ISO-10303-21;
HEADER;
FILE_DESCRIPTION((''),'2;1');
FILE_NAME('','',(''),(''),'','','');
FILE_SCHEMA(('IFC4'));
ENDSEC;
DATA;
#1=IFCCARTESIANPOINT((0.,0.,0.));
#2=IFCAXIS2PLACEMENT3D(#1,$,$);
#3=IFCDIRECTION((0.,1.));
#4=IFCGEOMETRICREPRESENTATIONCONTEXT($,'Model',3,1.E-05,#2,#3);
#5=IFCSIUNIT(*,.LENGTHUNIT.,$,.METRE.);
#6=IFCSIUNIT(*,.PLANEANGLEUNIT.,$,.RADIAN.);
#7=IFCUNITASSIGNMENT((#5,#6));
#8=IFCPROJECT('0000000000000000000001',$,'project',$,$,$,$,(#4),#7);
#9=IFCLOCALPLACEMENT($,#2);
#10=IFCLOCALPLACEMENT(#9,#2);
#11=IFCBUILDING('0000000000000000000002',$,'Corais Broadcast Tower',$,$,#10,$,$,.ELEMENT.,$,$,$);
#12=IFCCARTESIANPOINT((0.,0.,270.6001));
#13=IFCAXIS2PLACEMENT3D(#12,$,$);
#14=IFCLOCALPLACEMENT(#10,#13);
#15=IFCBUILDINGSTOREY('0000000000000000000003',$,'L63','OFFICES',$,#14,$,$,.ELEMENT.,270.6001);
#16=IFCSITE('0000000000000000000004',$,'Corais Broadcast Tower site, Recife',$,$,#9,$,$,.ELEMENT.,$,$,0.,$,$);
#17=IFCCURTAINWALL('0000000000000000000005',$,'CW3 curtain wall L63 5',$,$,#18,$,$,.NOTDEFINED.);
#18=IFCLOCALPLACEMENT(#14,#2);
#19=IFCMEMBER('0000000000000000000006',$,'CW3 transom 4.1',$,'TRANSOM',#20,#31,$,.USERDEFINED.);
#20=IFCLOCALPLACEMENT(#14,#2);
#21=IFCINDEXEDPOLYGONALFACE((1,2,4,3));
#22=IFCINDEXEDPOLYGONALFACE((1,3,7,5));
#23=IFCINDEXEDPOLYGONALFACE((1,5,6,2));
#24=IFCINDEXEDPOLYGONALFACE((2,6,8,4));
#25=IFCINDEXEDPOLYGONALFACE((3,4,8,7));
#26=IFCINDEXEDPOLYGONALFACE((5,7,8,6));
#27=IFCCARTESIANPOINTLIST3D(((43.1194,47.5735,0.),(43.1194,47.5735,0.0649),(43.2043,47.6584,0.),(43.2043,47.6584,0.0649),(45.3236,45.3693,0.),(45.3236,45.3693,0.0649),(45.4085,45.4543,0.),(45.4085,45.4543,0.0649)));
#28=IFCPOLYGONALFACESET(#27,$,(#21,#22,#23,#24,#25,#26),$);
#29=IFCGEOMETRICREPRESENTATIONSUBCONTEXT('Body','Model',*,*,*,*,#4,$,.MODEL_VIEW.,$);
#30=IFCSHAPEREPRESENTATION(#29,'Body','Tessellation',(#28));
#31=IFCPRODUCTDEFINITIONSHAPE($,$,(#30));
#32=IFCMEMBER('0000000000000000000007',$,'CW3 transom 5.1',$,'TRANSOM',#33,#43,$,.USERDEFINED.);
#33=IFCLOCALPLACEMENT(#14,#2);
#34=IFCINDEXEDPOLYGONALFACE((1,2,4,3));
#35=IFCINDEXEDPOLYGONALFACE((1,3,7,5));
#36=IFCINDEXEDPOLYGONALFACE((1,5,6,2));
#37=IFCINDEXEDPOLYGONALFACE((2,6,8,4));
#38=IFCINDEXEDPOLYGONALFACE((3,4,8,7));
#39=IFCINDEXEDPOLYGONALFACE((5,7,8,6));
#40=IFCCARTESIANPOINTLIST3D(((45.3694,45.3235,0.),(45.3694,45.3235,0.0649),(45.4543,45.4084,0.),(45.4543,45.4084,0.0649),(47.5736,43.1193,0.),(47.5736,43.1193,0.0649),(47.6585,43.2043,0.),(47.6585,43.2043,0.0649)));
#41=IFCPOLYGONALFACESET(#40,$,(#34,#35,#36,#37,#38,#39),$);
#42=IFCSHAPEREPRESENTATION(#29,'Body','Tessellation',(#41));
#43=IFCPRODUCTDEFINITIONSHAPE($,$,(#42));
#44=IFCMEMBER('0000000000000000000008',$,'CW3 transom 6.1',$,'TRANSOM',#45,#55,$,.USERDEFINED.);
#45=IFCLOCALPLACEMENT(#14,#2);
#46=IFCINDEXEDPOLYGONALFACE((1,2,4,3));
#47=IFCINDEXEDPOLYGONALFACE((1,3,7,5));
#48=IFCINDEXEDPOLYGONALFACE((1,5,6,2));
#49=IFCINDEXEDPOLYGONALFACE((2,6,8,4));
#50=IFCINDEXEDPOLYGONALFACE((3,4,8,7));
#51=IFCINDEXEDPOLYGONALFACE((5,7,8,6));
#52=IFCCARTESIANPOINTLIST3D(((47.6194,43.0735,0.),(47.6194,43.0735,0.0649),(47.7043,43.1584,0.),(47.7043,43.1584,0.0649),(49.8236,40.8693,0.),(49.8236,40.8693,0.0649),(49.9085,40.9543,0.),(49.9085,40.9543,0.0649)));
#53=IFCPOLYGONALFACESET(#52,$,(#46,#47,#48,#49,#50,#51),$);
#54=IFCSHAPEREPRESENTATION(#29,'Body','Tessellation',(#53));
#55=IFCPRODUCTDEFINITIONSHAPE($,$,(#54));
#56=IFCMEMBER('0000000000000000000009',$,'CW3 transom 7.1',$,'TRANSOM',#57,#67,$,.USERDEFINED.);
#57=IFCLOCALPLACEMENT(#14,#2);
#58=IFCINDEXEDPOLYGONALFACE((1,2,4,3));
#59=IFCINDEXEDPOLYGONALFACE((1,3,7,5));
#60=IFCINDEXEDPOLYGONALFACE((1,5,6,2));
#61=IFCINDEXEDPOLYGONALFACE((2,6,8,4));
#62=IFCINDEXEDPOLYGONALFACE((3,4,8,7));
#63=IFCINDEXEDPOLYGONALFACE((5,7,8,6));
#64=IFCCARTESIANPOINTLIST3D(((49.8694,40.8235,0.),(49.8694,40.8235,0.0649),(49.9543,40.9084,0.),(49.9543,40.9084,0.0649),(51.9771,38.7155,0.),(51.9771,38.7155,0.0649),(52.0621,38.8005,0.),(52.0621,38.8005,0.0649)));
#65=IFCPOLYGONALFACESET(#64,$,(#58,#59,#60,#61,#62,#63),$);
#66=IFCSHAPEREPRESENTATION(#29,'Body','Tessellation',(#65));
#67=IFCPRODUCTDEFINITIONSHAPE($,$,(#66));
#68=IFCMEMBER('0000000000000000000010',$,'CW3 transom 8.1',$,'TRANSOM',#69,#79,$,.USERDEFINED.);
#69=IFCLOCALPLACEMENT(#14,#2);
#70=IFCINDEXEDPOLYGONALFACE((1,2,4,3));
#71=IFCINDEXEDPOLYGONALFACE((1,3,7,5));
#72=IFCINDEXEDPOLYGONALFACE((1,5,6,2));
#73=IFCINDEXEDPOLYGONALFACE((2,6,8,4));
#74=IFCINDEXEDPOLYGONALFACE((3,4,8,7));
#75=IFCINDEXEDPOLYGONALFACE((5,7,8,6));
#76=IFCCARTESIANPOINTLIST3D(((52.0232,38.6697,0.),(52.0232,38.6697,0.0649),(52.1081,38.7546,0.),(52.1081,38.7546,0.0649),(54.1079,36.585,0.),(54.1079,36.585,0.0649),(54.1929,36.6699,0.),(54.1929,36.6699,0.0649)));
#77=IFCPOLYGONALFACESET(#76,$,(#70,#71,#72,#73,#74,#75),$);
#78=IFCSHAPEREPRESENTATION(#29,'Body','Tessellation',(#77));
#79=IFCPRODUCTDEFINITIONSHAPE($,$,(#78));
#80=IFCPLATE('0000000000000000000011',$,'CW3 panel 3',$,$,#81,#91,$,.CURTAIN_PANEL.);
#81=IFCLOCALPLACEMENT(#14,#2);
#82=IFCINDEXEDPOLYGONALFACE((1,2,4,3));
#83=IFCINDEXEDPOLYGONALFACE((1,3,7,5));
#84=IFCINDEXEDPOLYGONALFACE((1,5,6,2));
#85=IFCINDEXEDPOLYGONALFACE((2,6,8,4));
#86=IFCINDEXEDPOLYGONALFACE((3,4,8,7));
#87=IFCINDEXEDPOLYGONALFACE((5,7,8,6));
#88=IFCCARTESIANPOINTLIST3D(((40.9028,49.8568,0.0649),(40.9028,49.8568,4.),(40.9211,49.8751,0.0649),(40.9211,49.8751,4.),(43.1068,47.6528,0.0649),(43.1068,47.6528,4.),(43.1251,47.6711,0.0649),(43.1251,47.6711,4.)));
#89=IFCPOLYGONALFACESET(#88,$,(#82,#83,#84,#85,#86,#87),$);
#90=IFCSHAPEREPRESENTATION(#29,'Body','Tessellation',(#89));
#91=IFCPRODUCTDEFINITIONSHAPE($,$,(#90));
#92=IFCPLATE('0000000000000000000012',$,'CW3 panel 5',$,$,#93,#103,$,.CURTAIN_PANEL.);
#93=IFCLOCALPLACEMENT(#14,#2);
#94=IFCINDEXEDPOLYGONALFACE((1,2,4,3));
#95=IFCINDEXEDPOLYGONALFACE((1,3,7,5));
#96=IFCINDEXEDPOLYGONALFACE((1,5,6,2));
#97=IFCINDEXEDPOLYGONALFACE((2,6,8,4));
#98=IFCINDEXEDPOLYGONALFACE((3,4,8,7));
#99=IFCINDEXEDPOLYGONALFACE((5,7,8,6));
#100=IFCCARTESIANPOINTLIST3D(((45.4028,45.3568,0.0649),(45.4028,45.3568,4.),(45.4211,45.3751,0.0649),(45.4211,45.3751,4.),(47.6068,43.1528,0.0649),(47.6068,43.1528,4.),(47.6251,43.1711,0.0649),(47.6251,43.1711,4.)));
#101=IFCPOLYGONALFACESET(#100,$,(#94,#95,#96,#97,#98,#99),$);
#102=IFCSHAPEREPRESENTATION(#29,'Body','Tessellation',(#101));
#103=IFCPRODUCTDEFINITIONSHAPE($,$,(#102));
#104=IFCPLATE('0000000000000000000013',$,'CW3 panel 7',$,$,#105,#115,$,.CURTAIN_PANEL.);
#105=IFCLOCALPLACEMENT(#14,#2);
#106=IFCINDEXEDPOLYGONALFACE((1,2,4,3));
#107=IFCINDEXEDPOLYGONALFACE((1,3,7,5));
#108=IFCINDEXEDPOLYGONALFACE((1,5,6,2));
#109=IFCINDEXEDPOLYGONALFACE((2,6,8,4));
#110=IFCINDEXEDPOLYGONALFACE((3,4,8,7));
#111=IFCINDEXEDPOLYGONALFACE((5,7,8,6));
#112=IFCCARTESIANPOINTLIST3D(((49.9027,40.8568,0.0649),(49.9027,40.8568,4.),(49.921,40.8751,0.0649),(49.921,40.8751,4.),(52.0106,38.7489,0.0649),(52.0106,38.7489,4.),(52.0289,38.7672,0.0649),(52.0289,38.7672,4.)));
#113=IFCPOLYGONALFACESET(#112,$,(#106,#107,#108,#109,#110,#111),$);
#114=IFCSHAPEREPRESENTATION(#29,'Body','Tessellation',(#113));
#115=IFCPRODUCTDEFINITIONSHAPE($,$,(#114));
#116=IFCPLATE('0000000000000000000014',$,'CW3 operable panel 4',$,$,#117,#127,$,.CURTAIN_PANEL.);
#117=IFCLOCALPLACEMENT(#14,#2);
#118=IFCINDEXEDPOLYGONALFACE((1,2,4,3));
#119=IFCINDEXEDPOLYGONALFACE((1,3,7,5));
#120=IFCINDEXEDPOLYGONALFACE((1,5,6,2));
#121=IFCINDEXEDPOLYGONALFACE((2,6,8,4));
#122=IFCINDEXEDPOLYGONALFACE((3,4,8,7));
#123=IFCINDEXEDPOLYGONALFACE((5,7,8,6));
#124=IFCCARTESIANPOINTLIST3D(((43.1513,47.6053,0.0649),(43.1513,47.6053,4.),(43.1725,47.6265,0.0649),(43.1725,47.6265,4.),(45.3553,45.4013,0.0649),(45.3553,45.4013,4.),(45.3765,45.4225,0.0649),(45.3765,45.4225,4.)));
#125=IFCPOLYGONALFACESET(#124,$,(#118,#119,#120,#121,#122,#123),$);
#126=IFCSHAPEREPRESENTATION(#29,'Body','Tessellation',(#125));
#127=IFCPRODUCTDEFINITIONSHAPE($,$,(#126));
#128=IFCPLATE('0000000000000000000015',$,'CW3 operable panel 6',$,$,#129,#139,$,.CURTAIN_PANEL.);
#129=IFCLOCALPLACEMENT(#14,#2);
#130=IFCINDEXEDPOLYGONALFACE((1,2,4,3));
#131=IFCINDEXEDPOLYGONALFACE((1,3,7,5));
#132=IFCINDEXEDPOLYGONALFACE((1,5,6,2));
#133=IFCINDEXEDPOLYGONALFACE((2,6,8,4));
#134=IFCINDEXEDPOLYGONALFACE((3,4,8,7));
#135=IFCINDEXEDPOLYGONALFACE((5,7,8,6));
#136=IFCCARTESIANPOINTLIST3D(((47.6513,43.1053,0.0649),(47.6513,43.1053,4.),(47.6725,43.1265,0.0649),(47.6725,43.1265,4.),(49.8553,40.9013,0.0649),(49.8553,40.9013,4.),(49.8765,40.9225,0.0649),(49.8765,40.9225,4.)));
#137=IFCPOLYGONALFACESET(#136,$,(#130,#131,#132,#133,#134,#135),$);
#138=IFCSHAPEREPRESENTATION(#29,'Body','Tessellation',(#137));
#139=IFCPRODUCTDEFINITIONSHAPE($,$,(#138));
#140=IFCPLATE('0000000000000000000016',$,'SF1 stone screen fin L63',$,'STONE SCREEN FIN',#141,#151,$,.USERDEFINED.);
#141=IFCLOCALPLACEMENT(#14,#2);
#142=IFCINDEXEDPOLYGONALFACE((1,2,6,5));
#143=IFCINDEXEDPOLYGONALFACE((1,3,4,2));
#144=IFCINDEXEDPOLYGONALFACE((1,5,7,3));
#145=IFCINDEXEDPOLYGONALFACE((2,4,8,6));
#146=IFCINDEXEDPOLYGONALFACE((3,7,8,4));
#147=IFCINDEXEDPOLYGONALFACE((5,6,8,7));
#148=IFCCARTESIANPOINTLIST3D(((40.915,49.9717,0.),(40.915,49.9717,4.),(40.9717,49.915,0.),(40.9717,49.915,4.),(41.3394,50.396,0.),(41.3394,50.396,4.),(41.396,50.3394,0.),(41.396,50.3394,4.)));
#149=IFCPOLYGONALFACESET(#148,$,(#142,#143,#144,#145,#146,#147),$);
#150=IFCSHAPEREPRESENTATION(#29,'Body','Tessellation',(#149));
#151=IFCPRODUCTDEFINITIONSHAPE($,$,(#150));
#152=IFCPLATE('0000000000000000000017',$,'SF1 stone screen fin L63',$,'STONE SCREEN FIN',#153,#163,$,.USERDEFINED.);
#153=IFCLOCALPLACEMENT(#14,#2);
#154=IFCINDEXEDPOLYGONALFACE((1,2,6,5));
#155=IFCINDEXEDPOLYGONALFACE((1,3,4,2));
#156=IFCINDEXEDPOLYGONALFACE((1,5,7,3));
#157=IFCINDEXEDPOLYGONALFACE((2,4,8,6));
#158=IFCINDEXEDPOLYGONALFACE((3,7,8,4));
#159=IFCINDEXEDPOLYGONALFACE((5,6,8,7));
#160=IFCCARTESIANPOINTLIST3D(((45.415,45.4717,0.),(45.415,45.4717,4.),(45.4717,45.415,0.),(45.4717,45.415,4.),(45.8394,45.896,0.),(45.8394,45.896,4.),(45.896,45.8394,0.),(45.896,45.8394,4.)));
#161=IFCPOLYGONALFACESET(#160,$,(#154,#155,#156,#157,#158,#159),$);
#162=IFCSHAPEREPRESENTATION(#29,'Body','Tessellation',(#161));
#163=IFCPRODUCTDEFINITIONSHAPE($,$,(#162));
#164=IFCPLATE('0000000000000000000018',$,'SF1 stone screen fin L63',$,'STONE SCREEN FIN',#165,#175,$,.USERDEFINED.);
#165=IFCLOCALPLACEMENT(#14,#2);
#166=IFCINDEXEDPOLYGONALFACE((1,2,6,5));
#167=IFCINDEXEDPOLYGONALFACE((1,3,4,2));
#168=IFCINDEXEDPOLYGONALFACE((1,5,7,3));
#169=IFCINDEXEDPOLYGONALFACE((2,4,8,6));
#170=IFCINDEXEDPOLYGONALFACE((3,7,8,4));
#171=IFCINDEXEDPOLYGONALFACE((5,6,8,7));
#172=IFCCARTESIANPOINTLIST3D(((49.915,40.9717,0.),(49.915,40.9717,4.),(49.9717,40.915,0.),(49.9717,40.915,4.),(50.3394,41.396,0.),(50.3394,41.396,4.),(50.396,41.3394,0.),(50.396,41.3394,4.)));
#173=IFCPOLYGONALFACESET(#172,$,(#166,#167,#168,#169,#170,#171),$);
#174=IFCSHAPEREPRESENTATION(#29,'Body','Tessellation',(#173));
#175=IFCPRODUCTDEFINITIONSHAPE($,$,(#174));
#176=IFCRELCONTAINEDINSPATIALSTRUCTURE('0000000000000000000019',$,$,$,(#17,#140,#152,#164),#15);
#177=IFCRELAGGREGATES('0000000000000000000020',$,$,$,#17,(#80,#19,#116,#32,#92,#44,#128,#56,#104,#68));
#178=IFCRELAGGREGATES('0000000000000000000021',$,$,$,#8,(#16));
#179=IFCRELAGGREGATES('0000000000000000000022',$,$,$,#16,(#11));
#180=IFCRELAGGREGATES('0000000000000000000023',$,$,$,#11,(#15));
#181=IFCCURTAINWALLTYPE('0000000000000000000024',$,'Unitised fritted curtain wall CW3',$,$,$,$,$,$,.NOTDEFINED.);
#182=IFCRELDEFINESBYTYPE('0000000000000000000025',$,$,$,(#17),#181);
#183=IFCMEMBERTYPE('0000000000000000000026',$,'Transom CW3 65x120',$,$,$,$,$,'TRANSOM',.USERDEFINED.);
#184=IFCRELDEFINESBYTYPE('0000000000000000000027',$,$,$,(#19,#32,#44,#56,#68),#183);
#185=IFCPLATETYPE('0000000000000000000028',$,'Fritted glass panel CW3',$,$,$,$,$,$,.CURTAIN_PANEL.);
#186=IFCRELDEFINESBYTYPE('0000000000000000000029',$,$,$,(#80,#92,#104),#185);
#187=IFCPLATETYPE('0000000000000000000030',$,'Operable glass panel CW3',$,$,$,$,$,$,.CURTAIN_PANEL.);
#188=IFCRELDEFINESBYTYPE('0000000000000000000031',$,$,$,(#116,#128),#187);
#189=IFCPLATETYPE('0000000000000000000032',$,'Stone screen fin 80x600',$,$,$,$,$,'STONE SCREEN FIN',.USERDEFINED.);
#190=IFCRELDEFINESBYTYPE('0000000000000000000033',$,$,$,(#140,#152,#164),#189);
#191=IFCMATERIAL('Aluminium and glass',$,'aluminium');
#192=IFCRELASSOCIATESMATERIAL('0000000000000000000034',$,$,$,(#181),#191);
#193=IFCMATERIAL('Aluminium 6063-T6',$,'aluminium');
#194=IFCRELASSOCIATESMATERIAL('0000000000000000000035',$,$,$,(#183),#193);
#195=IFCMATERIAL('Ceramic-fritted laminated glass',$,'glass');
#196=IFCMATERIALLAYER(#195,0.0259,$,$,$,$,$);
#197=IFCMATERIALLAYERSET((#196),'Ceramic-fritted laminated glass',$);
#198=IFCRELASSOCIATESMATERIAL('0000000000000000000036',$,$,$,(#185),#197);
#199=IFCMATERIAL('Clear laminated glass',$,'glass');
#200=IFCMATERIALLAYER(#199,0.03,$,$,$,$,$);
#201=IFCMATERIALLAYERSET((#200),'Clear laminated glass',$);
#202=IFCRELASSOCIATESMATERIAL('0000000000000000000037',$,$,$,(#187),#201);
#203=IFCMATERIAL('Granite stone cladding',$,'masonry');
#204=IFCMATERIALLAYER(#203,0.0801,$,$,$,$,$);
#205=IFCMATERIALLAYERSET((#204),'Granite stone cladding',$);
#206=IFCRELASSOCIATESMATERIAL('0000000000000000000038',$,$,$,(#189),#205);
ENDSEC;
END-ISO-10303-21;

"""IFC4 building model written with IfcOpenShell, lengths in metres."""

from ifc_helpers import new_model, si_unit, direction, frame, origin, origin_2d, place, context, subcontext, project, spatial, rectangle, extrude, material, layer, layer_set, material_profile, profile_set, type_object, element, aggregate, save


model = new_model("IFC4")

# Units and contexts
model_context = context("Model", 3, precision=1e-05, world=origin(), true_north=direction((0.0, 1.0)))
body_context = subcontext(model_context, "Body", "Model", "MODEL_VIEW")
ifc_project = project(units=[si_unit("LENGTHUNIT", "METRE"), si_unit("PLANEANGLEUNIT", "RADIAN")], contexts=[model_context])

# Site, building, storey
site_placement = place(None, origin())
site = spatial("IfcSite", under=ifc_project, at=site_placement, Name="Corais Broadcast Tower site, Recife", CompositionType="ELEMENT", RefElevation=0.0)
building_placement = place(site_placement, origin())
building = spatial("IfcBuilding", under=site, at=building_placement, Name="Corais Broadcast Tower", CompositionType="ELEMENT")
storey_placement = place(building_placement, frame((0.0, 0.0, 270.6001)))
storey = spatial("IfcBuildingStorey", under=building, at=storey_placement, Name="L63", Description="OFFICES", CompositionType="ELEMENT", Elevation=270.6001)

# Curtain wall
ifc_material_1 = material(Name="Aluminium and glass", Category="aluminium")
curtain_wall_type = type_object("IfcCurtainWallType", Name="Unitised fritted curtain wall CW3", PredefinedType="NOTDEFINED", material=ifc_material_1)
curtain_wall_placement = place(storey_placement, origin())
curtain_wall = element("IfcCurtainWall", 1, at=curtain_wall_placement, inside=storey, type_object=curtain_wall_type, Name="CW3 curtain wall L63 5", PredefinedType="NOTDEFINED")

# Members
ifc_material_2 = material(Name="Aluminium 6063-T6", Category="aluminium")
ifc_material_profile_1 = material_profile(ifc_material_2, rectangle(XDim=0.1201, YDim=0.0649, at=origin_2d()), Name="Transom CW3 65x120")
ifc_profile_set_1 = profile_set([ifc_material_profile_1], Name="Aluminium 6063-T6")
member_type_1 = type_object("IfcMemberType", Name="Transom CW3 65x120", ElementType="TRANSOM", PredefinedType="USERDEFINED", material=ifc_profile_set_1)
member_1_placement = place(storey_placement, frame((43.1619, 47.616, 0.0325), z_axis=(0.707107, -0.707107, 0.0), x_axis=(0.707107, 0.707107, 0.0)))
member_1 = element("IfcMember", 2, at=member_1_placement, type_object=member_type_1, Name="CW3 transom 4.1", ObjectType="TRANSOM", PredefinedType="USERDEFINED", context=body_context, shape_type="SweptSolid", body=[
    extrude(rectangle(XDim=0.1201, YDim=0.0649, at=origin_2d()), origin(), (0.0, 0.0, 1.0), 3.1172),
])
member_2_placement = place(storey_placement, frame((45.4119, 45.366, 0.0325), z_axis=(0.707107, -0.707107, 0.0), x_axis=(0.707107, 0.707107, 0.0)))
member_2 = element("IfcMember", 3, at=member_2_placement, type_object=member_type_1, Name="CW3 transom 5.1", ObjectType="TRANSOM", PredefinedType="USERDEFINED", context=body_context, shape_type="SweptSolid", body=[
    extrude(rectangle(XDim=0.1201, YDim=0.0649, at=origin_2d()), origin(), (0.0, 0.0, 1.0), 3.1172),
])
member_3_placement = place(storey_placement, frame((47.6619, 43.116, 0.0325), z_axis=(0.707107, -0.707107, 0.0), x_axis=(0.707107, 0.707107, 0.0)))
member_3 = element("IfcMember", 4, at=member_3_placement, type_object=member_type_1, Name="CW3 transom 6.1", ObjectType="TRANSOM", PredefinedType="USERDEFINED", context=body_context, shape_type="SweptSolid", body=[
    extrude(rectangle(XDim=0.1201, YDim=0.0649, at=origin_2d()), origin(), (0.0, 0.0, 1.0), 3.1172),
])
member_4_placement = place(storey_placement, frame((49.9119, 40.866, 0.0325), z_axis=(0.707066, -0.707148, 0.0), x_axis=(0.707148, 0.707066, 0.0)))
member_4 = element("IfcMember", 5, at=member_4_placement, type_object=member_type_1, Name="CW3 transom 7.1", ObjectType="TRANSOM", PredefinedType="USERDEFINED", context=body_context, shape_type="SweptSolid", body=[
    extrude(rectangle(XDim=0.1201, YDim=0.0649, at=origin_2d()), origin(), (0.0, 0.0, 1.0), 2.981),
])
member_5_placement = place(storey_placement, frame((52.0657, 38.7122, 0.0325), z_axis=(0.707107, -0.707107, 0.0), x_axis=(0.707107, 0.707107, 0.0)))
member_5 = element("IfcMember", 6, at=member_5_placement, type_object=member_type_1, Name="CW3 transom 8.1", ObjectType="TRANSOM", PredefinedType="USERDEFINED", context=body_context, shape_type="SweptSolid", body=[
    extrude(rectangle(XDim=0.1201, YDim=0.0649, at=origin_2d()), origin(), (0.0, 0.0, 1.0), 2.9482),
])

# Plates
ifc_material_3 = material(Name="Ceramic-fritted laminated glass", Category="glass")
ifc_layer_1 = layer(ifc_material_3, 0.0259)
ifc_layer_set_1 = layer_set([ifc_layer_1], Name="Ceramic-fritted laminated glass")
plate_type_1 = type_object("IfcPlateType", Name="Fritted glass panel CW3", PredefinedType="CURTAIN_PANEL", material=ifc_layer_set_1)
plate_1_placement = place(storey_placement, frame((42.0139, 48.7639, 0.0649), z_axis=(0.0, 0.0, 1.0), x_axis=(0.707107, -0.707107, 0.0)))
plate_1 = element("IfcPlate", 7, at=plate_1_placement, type_object=plate_type_1, Name="CW3 panel 3", PredefinedType="CURTAIN_PANEL", context=body_context, shape_type="SweptSolid", body=[
    extrude(rectangle(XDim=3.1169, YDim=0.0259, at=origin_2d()), origin(), (0.0, 0.0, 1.0), 3.9351),
])
plate_2_placement = place(storey_placement, frame((46.5139, 44.2639, 0.0649), z_axis=(0.0, 0.0, 1.0), x_axis=(0.707107, -0.707107, 0.0)))
plate_2 = element("IfcPlate", 8, at=plate_2_placement, type_object=plate_type_1, Name="CW3 panel 5", PredefinedType="CURTAIN_PANEL", context=body_context, shape_type="SweptSolid", body=[
    extrude(rectangle(XDim=3.1169, YDim=0.0259, at=origin_2d()), origin(), (0.0, 0.0, 1.0), 3.9351),
])
plate_3_placement = place(storey_placement, frame((50.9658, 39.812, 0.0649), z_axis=(0.0, 0.0, 1.0), x_axis=(0.707107, -0.707107, 0.0)))
plate_3 = element("IfcPlate", 9, at=plate_3_placement, type_object=plate_type_1, Name="CW3 panel 7", PredefinedType="CURTAIN_PANEL", context=body_context, shape_type="SweptSolid", body=[
    extrude(rectangle(XDim=2.981, YDim=0.0259, at=origin_2d()), origin(), (0.0, 0.0, 1.0), 3.9351),
])
ifc_material_4 = material(Name="Clear laminated glass", Category="glass")
ifc_layer_2 = layer(ifc_material_4, 0.03)
ifc_layer_set_2 = layer_set([ifc_layer_2], Name="Clear laminated glass")
plate_type_2 = type_object("IfcPlateType", Name="Operable glass panel CW3", PredefinedType="CURTAIN_PANEL", material=ifc_layer_set_2)
plate_4_placement = place(storey_placement, frame((44.2639, 46.5139, 0.0649), z_axis=(0.0, 0.0, 1.0), x_axis=(0.707107, -0.707107, 0.0)))
plate_4 = element("IfcPlate", 10, at=plate_4_placement, type_object=plate_type_2, Name="CW3 operable panel 4", PredefinedType="CURTAIN_PANEL", context=body_context, shape_type="SweptSolid", body=[
    extrude(rectangle(XDim=3.1169, YDim=0.03, at=origin_2d()), origin(), (0.0, 0.0, 1.0), 3.9351),
])
plate_5_placement = place(storey_placement, frame((48.7639, 42.0139, 0.0649), z_axis=(0.0, 0.0, 1.0), x_axis=(0.707107, -0.707107, 0.0)))
plate_5 = element("IfcPlate", 11, at=plate_5_placement, type_object=plate_type_2, Name="CW3 operable panel 6", PredefinedType="CURTAIN_PANEL", context=body_context, shape_type="SweptSolid", body=[
    extrude(rectangle(XDim=3.1169, YDim=0.03, at=origin_2d()), origin(), (0.0, 0.0, 1.0), 3.9351),
])
aggregate(curtain_wall, [plate_1, member_1, plate_4, member_2, plate_2, member_3, plate_5, member_4, plate_3, member_5])

# Plates
ifc_material_5 = material(Name="Granite stone cladding", Category="masonry")
ifc_layer_3 = layer(ifc_material_5, 0.0801)
ifc_layer_set_3 = layer_set([ifc_layer_3], Name="Granite stone cladding")
plate_type_3 = type_object("IfcPlateType", Name="Stone screen fin 80x600", ElementType="STONE SCREEN FIN", PredefinedType="USERDEFINED", material=ifc_layer_set_3)
for number, where, z_axis, x_axis, name in (
    (12, (41.1555, 50.1555, 0.0), (0.0, 0.0, 1.0), (0.707107, -0.707107, 0.0), "SF1 stone screen fin L63"),
    (13, (45.6555, 45.6555, 0.0), (0.0, 0.0, 1.0), (0.707107, -0.707107, 0.0), "SF1 stone screen fin L63"),
    (14, (50.1555, 41.1555, 0.0), (0.0, 0.0, 1.0), (0.707107, -0.707107, 0.0), "SF1 stone screen fin L63"),
):
    element("IfcPlate", number, at=place(storey_placement, frame(where, z_axis=z_axis, x_axis=x_axis)), inside=storey, type_object=plate_type_3, Name=name, ObjectType="STONE SCREEN FIN", PredefinedType="USERDEFINED", context=body_context, shape_type="SweptSolid", body=[
        extrude(rectangle(XDim=0.0801, YDim=0.6001, at=origin_2d()), origin(), (0.0, 0.0, 1.0), 4.0),
    ])

save(model, "model.ifc")
